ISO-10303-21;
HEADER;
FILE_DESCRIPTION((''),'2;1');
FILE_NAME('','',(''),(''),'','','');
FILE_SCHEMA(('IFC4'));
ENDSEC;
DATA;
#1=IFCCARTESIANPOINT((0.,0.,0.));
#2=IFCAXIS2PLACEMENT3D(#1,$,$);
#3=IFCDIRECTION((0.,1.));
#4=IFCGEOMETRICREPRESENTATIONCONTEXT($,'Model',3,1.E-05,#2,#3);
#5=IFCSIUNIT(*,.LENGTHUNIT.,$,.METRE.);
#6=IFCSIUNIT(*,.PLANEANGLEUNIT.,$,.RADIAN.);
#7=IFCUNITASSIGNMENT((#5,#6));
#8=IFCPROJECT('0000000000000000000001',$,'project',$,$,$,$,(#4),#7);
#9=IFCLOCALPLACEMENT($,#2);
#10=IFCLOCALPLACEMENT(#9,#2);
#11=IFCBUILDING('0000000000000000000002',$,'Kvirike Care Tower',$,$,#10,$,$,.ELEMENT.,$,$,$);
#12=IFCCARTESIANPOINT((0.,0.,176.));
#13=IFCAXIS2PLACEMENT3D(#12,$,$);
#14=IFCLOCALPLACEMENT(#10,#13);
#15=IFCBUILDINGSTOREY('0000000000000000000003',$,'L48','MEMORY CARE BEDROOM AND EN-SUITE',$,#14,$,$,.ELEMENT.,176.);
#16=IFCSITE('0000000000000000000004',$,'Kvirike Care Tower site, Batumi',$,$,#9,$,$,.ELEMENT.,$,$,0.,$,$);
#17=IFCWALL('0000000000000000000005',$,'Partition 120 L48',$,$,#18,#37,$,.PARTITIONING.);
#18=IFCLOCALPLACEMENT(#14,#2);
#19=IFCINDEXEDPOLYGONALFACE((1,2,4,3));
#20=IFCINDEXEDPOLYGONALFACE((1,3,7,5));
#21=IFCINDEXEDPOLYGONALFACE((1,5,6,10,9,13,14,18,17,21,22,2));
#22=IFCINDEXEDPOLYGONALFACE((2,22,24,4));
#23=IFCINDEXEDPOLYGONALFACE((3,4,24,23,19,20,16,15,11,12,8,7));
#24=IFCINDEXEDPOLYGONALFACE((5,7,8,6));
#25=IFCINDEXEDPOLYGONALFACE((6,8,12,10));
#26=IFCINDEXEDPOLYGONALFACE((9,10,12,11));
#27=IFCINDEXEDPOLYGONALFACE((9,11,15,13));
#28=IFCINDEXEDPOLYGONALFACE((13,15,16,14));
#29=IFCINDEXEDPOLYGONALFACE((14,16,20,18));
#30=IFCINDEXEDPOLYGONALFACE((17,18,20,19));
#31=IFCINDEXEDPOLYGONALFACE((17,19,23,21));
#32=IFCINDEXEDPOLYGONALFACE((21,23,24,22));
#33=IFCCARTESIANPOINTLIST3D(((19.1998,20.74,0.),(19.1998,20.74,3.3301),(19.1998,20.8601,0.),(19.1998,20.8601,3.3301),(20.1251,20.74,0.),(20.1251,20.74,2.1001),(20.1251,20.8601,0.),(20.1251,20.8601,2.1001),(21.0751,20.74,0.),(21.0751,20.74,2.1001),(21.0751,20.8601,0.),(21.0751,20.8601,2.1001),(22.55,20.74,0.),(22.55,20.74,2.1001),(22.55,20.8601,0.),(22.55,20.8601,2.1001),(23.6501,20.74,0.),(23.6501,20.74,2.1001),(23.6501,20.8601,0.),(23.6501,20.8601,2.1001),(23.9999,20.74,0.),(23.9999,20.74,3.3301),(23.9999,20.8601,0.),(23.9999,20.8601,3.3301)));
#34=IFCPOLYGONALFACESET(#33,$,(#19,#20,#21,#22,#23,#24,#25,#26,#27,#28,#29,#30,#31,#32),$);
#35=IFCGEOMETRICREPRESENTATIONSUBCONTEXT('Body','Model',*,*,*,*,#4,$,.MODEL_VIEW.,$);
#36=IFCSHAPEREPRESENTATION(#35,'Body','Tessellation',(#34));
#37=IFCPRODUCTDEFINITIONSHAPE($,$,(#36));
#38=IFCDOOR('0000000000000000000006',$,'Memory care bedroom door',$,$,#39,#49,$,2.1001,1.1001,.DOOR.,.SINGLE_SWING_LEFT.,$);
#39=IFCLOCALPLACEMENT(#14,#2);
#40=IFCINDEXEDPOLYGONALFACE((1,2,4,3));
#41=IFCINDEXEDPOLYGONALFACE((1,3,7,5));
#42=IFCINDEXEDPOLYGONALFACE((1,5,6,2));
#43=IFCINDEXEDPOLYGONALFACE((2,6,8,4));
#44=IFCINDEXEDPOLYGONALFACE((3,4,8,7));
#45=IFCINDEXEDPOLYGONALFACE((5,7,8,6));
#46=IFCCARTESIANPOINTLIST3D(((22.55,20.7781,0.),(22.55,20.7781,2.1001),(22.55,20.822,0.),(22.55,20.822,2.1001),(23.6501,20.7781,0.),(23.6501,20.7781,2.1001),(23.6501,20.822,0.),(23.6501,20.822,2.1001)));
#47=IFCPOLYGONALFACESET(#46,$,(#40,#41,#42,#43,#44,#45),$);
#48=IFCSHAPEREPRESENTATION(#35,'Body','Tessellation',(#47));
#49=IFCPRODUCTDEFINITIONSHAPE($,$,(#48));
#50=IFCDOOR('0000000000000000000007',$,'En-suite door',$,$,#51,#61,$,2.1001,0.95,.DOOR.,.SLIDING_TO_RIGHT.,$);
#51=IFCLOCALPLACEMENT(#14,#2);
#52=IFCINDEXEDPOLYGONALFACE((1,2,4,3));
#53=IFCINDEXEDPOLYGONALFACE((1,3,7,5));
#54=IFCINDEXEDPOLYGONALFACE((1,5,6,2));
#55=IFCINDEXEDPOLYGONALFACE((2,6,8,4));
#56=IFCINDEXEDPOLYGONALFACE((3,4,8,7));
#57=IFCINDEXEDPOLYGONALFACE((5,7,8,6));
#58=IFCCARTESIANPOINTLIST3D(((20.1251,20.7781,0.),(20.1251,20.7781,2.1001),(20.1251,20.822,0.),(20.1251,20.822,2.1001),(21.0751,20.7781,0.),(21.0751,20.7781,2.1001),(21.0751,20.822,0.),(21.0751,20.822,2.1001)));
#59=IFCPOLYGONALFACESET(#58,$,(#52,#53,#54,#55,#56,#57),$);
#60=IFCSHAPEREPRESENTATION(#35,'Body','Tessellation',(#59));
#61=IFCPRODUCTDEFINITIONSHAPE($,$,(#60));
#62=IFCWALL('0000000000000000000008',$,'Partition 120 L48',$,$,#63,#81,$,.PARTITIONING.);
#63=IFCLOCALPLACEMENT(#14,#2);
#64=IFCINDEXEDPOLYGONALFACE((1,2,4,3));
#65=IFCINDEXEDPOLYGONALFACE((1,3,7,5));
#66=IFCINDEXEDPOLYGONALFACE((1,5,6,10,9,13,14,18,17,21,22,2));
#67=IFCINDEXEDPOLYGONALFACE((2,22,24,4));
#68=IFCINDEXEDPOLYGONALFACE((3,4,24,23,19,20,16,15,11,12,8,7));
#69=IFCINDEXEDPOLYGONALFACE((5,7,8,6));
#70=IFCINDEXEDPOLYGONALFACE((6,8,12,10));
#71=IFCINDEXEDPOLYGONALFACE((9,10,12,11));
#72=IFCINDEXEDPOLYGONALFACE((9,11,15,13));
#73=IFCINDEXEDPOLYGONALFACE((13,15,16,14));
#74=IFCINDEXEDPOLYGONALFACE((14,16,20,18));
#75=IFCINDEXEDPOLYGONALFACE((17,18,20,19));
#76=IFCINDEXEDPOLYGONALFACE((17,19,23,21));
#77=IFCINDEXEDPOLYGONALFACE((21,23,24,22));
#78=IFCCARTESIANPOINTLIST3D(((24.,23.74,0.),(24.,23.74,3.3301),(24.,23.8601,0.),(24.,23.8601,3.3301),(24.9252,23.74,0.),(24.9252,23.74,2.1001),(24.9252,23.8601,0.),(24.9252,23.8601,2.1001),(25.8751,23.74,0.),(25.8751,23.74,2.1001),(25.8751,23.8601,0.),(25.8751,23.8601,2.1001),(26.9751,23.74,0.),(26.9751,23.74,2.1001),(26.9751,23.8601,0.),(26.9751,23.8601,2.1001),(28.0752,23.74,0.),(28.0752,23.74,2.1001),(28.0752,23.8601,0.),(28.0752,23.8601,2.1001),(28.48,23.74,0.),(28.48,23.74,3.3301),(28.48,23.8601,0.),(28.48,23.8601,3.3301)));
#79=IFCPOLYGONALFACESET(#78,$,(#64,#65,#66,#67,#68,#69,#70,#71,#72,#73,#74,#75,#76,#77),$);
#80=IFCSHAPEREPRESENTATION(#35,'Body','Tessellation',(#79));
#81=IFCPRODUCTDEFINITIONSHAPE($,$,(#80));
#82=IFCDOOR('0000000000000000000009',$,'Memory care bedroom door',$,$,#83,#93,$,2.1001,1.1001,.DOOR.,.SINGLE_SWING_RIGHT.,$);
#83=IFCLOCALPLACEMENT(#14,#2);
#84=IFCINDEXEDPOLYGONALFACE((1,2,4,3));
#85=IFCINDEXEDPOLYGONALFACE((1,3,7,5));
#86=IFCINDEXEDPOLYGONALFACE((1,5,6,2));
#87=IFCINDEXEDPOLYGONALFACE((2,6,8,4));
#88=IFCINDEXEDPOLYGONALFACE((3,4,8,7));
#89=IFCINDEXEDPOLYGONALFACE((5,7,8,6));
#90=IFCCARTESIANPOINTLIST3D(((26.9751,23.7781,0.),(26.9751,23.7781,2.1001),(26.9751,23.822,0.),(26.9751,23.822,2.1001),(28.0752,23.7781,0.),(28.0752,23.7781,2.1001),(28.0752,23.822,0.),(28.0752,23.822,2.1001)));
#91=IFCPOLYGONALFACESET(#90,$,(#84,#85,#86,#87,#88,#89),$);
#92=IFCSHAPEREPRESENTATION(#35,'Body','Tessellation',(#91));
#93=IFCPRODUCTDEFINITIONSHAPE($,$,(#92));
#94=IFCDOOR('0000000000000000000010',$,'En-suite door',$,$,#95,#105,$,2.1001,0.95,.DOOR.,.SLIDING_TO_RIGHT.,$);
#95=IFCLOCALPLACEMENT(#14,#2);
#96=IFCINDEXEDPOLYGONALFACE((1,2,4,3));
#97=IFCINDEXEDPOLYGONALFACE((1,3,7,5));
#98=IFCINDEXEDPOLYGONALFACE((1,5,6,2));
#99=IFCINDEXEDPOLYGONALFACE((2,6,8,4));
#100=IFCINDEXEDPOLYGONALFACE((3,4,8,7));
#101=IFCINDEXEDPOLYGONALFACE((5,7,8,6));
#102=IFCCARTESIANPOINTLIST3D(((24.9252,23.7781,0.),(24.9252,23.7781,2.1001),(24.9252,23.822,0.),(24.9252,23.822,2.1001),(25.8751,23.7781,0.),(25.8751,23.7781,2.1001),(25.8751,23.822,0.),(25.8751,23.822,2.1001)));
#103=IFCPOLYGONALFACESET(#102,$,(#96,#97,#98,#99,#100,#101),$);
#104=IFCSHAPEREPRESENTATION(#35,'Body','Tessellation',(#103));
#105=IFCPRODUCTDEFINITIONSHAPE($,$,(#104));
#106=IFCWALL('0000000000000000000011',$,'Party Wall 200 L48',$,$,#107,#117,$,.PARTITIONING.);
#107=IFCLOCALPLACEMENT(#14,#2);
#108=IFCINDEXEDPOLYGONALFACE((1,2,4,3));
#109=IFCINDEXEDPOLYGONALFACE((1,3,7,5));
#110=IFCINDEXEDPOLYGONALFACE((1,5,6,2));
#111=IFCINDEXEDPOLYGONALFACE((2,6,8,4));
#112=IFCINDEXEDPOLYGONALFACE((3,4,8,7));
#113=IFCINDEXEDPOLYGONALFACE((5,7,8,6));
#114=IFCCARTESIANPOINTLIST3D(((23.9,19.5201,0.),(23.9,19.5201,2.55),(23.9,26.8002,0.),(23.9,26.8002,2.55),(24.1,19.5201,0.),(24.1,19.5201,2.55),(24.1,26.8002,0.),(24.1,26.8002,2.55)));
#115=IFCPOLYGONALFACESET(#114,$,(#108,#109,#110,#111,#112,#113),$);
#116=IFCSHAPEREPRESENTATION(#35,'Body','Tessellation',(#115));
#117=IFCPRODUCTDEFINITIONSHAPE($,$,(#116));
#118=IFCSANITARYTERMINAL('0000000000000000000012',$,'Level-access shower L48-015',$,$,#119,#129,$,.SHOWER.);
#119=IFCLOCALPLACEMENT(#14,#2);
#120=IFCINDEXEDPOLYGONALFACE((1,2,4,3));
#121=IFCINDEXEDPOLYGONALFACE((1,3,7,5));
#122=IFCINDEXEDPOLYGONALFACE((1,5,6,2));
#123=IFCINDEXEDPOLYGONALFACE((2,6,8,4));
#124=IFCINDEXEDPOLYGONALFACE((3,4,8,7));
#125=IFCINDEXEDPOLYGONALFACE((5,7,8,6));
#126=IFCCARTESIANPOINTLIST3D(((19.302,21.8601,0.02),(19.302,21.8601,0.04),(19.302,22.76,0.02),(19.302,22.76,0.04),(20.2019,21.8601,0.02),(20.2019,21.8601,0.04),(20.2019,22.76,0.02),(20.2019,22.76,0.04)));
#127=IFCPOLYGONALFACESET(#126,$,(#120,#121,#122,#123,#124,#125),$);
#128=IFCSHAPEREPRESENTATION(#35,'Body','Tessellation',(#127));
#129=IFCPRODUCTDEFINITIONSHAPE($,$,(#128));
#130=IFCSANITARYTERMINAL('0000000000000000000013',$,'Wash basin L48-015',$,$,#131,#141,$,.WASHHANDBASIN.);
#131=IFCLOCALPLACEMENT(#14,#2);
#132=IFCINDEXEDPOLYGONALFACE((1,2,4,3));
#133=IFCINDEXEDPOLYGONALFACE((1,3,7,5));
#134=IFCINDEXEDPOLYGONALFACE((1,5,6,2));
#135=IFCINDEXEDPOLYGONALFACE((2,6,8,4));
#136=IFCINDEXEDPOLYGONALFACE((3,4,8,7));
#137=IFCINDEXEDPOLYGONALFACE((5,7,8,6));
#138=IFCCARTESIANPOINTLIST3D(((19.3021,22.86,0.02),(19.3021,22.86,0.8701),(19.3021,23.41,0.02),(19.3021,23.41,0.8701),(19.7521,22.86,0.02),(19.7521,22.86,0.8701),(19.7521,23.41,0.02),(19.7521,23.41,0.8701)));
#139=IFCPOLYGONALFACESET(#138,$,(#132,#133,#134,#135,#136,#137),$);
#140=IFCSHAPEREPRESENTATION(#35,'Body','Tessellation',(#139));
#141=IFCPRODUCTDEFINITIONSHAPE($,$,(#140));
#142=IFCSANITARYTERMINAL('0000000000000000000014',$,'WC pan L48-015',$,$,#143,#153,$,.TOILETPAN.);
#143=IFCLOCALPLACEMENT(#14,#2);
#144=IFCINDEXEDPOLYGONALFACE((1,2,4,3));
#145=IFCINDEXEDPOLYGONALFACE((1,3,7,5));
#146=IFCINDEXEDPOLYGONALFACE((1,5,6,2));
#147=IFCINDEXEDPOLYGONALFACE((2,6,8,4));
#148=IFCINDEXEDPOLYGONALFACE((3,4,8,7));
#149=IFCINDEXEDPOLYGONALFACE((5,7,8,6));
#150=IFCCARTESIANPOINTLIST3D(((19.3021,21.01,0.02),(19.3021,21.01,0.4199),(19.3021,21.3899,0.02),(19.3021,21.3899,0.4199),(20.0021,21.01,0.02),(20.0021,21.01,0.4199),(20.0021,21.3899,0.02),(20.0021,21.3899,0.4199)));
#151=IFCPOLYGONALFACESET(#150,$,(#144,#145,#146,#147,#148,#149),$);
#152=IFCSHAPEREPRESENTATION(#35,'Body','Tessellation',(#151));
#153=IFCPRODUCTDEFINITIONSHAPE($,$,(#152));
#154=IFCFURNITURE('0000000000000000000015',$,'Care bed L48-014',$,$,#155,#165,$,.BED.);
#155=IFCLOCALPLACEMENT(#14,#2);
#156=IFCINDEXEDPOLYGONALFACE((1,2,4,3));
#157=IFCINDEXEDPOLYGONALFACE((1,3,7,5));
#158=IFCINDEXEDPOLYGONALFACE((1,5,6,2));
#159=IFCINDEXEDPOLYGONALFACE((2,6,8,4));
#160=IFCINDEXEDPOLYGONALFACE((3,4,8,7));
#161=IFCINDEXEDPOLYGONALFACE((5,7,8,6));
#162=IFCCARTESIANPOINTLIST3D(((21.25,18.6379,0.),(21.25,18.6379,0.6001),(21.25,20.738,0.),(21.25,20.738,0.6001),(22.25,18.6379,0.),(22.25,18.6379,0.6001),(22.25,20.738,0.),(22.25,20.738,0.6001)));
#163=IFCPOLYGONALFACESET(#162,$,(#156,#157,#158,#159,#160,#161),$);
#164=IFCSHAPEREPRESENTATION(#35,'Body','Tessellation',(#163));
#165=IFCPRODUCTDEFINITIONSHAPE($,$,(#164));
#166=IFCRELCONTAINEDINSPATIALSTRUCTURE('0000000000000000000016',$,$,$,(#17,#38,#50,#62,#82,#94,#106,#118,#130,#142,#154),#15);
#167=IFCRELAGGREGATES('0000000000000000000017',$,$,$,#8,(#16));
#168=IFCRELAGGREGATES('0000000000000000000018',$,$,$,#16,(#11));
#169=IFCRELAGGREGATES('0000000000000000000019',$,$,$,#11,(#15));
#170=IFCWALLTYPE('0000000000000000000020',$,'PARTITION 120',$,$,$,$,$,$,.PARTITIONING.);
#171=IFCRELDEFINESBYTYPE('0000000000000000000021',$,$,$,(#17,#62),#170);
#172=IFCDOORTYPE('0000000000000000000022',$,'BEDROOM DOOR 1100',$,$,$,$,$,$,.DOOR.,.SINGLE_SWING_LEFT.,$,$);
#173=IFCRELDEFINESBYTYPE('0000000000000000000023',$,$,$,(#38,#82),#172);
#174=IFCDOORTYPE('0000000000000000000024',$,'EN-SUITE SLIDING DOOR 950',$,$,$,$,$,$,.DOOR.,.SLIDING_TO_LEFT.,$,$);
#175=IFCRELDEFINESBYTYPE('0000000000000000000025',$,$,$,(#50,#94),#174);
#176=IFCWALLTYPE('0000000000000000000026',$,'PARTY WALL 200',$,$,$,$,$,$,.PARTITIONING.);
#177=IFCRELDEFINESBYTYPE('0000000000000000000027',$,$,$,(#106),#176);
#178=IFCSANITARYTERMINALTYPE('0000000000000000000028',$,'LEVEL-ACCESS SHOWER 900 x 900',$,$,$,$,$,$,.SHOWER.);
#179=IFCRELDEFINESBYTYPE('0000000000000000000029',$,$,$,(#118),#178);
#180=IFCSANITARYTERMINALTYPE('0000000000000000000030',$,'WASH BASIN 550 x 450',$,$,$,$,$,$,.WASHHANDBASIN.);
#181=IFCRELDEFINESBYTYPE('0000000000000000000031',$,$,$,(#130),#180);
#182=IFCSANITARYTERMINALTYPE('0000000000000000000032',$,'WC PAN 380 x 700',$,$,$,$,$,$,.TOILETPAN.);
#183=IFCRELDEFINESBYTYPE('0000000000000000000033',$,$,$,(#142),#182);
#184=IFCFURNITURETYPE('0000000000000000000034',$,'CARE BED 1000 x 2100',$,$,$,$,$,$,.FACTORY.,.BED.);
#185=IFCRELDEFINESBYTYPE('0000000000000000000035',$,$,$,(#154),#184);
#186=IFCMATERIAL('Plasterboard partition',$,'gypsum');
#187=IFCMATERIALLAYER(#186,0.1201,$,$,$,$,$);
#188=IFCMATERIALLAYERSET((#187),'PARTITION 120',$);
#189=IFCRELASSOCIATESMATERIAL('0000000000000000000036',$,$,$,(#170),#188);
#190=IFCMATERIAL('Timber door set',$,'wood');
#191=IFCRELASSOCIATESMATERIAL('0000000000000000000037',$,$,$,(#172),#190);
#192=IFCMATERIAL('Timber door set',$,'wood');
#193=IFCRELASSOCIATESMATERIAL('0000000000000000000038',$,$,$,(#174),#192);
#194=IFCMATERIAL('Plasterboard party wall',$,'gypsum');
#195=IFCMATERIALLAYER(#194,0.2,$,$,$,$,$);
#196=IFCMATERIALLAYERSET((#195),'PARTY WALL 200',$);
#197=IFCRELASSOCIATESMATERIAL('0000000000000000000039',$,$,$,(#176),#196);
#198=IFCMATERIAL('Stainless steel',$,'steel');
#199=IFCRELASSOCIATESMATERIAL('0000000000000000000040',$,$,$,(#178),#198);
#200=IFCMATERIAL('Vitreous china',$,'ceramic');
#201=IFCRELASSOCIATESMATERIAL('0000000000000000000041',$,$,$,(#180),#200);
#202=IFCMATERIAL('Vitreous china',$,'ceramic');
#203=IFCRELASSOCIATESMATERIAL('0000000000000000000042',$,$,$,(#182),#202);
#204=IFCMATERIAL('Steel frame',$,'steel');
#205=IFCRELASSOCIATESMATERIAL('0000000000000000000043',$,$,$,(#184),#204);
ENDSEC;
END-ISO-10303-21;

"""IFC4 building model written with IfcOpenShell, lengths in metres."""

from ifc_helpers import new_model, si_unit, direction, frame, frame_2d, origin, origin_2d, place, context, subcontext, project, spatial, rectangle, extrude, material, layer, layer_set, type_object, element, fill, save


model = new_model("IFC4")

# Units and contexts
model_context = context("Model", 3, precision=1e-05, world=origin(), true_north=direction((0.0, 1.0)))
body_context = subcontext(model_context, "Body", "Model", "MODEL_VIEW")
ifc_project = project(units=[si_unit("LENGTHUNIT", "METRE"), si_unit("PLANEANGLEUNIT", "RADIAN")], contexts=[model_context])

# Site, building, storey
site_placement = place(None, origin())
site = spatial("IfcSite", under=ifc_project, at=site_placement, Name="Kvirike Care Tower site, Batumi", CompositionType="ELEMENT", RefElevation=0.0)
building_placement = place(site_placement, origin())
building = spatial("IfcBuilding", under=site, at=building_placement, Name="Kvirike Care Tower", CompositionType="ELEMENT")
storey_placement = place(building_placement, frame((0.0, 0.0, 176.0)))
storey = spatial("IfcBuildingStorey", under=building, at=storey_placement, Name="L48", Description="MEMORY CARE BEDROOM AND EN-SUITE", CompositionType="ELEMENT", Elevation=176.0)

# Walls, openings, doors
ifc_material_1 = material(Name="Plasterboard partition", Category="gypsum")
ifc_layer_1 = layer(ifc_material_1, 0.1201)
ifc_layer_set_1 = layer_set([ifc_layer_1], Name="PARTITION 120")
wall_type_1 = type_object("IfcWallType", Name="PARTITION 120", PredefinedType="PARTITIONING", material=ifc_layer_set_1)
wall_1_placement = place(storey_placement, frame((19.2, 20.8, 0.0), z_axis=(0.0, 0.0, 1.0), x_axis=(1.0, 0.0, 0.0)))
wall_1 = element("IfcWall", 1, at=wall_1_placement, inside=storey, type_object=wall_type_1, Name="Partition 120 L48", PredefinedType="PARTITIONING", context=body_context, shape_type="SweptSolid", body=[
    extrude(rectangle(XDim=4.8, YDim=0.1201, at=frame_2d((2.3999, 0.0))), origin(), (0.0, 0.0, 1.0), 3.3301),
])
opening_1_placement = place(wall_1_placement, frame((3.3501, 0.0, 0.0)))
opening_1 = element("IfcOpeningElement", 2, at=opening_1_placement, cuts=wall_1, PredefinedType="OPENING", context=body_context, shape_type="SweptSolid", body=[
    extrude(rectangle(XDim=1.1001, YDim=2.1001, at=frame_2d((0.55, 1.05))), frame((0.0, 0.0706, 0.0), z_axis=(0.0, -1.0, 0.0), x_axis=(1.0, 0.0, 0.0)), (0.0, 0.0, 1.0), 0.1411),
])
opening_2_placement = place(wall_1_placement, frame((0.925, 0.0, 0.0)))
opening_2 = element("IfcOpeningElement", 3, at=opening_2_placement, cuts=wall_1, PredefinedType="OPENING", context=body_context, shape_type="SweptSolid", body=[
    extrude(rectangle(XDim=0.95, YDim=2.1001, at=frame_2d((0.4751, 1.05))), frame((0.0, 0.0706, 0.0), z_axis=(0.0, -1.0, 0.0), x_axis=(1.0, 0.0, 0.0)), (0.0, 0.0, 1.0), 0.1411),
])
ifc_material_2 = material(Name="Timber door set", Category="wood")
door_type_1 = type_object("IfcDoorType", Name="BEDROOM DOOR 1100", OperationType="SINGLE_SWING_LEFT", PredefinedType="DOOR", material=ifc_material_2)
door_1_placement = place(opening_1_placement, origin())
door_1 = element("IfcDoor", 4, at=door_1_placement, inside=storey, type_object=door_type_1, Name="Memory care bedroom door", OperationType="SINGLE_SWING_LEFT", OverallHeight=2.1001, OverallWidth=1.1001, PredefinedType="DOOR", context=body_context, shape_type="SweptSolid", body=[
    extrude(rectangle(XDim=1.1001, YDim=2.1001, at=frame_2d((0.55, 1.05))), frame((0.0, 0.022, 0.0), z_axis=(0.0, -1.0, 0.0), x_axis=(1.0, 0.0, 0.0)), (0.0, 0.0, 1.0), 0.0439),
])
fill(opening_1, door_1)
ifc_material_3 = material(Name="Timber door set", Category="wood")
door_type_2 = type_object("IfcDoorType", Name="EN-SUITE SLIDING DOOR 950", OperationType="SLIDING_TO_LEFT", PredefinedType="DOOR", material=ifc_material_3)
door_2_placement = place(opening_2_placement, origin())
door_2 = element("IfcDoor", 5, at=door_2_placement, inside=storey, type_object=door_type_2, Name="En-suite door", OperationType="SLIDING_TO_RIGHT", OverallHeight=2.1001, OverallWidth=0.95, PredefinedType="DOOR", context=body_context, shape_type="SweptSolid", body=[
    extrude(rectangle(XDim=0.95, YDim=2.1001, at=frame_2d((0.4751, 1.05))), frame((0.0, 0.022, 0.0), z_axis=(0.0, -1.0, 0.0), x_axis=(1.0, 0.0, 0.0)), (0.0, 0.0, 1.0), 0.0439),
])
fill(opening_2, door_2)
wall_2_placement = place(storey_placement, frame((24.0, 23.8, 0.0), z_axis=(0.0, 0.0, 1.0), x_axis=(1.0, 0.0, 0.0)))
wall_2 = element("IfcWall", 6, at=wall_2_placement, inside=storey, type_object=wall_type_1, Name="Partition 120 L48", PredefinedType="PARTITIONING", context=body_context, shape_type="SweptSolid", body=[
    extrude(rectangle(XDim=4.48, YDim=0.1201, at=frame_2d((2.24, 0.0))), origin(), (0.0, 0.0, 1.0), 3.3301),
])
opening_3_placement = place(wall_2_placement, frame((2.9751, 0.0, 0.0)))
opening_3 = element("IfcOpeningElement", 7, at=opening_3_placement, cuts=wall_2, PredefinedType="OPENING", context=body_context, shape_type="SweptSolid", body=[
    extrude(rectangle(XDim=1.1001, YDim=2.1001, at=frame_2d((0.55, 1.05))), frame((0.0, 0.0706, 0.0), z_axis=(0.0, -1.0, 0.0), x_axis=(1.0, 0.0, 0.0)), (0.0, 0.0, 1.0), 0.1411),
])
opening_4_placement = place(wall_2_placement, frame((0.925, 0.0, 0.0)))
opening_4 = element("IfcOpeningElement", 8, at=opening_4_placement, cuts=wall_2, PredefinedType="OPENING", context=body_context, shape_type="SweptSolid", body=[
    extrude(rectangle(XDim=0.95, YDim=2.1001, at=frame_2d((0.4751, 1.05))), frame((0.0, 0.0706, 0.0), z_axis=(0.0, -1.0, 0.0), x_axis=(1.0, 0.0, 0.0)), (0.0, 0.0, 1.0), 0.1411),
])
door_3_placement = place(opening_3_placement, origin())
door_3 = element("IfcDoor", 9, at=door_3_placement, inside=storey, type_object=door_type_1, Name="Memory care bedroom door", OperationType="SINGLE_SWING_RIGHT", OverallHeight=2.1001, OverallWidth=1.1001, PredefinedType="DOOR", context=body_context, shape_type="SweptSolid", body=[
    extrude(rectangle(XDim=1.1001, YDim=2.1001, at=frame_2d((0.55, 1.05))), frame((0.0, 0.022, 0.0), z_axis=(0.0, -1.0, 0.0), x_axis=(1.0, 0.0, 0.0)), (0.0, 0.0, 1.0), 0.0439),
])
fill(opening_3, door_3)
door_4_placement = place(opening_4_placement, origin())
door_4 = element("IfcDoor", 10, at=door_4_placement, inside=storey, type_object=door_type_2, Name="En-suite door", OperationType="SLIDING_TO_RIGHT", OverallHeight=2.1001, OverallWidth=0.95, PredefinedType="DOOR", context=body_context, shape_type="SweptSolid", body=[
    extrude(rectangle(XDim=0.95, YDim=2.1001, at=frame_2d((0.4751, 1.05))), frame((0.0, 0.022, 0.0), z_axis=(0.0, -1.0, 0.0), x_axis=(1.0, 0.0, 0.0)), (0.0, 0.0, 1.0), 0.0439),
])
fill(opening_4, door_4)

# Wall
ifc_material_4 = material(Name="Plasterboard party wall", Category="gypsum")
ifc_layer_2 = layer(ifc_material_4, 0.2)
ifc_layer_set_2 = layer_set([ifc_layer_2], Name="PARTY WALL 200")
wall_type_2 = type_object("IfcWallType", Name="PARTY WALL 200", PredefinedType="PARTITIONING", material=ifc_layer_set_2)
wall_3_placement = place(storey_placement, frame((24.0, 19.52, 0.0), z_axis=(0.0, 0.0, 1.0), x_axis=(0.0, 1.0, 0.0)))
element("IfcWall", 11, at=wall_3_placement, inside=storey, type_object=wall_type_2, Name="Party Wall 200 L48", PredefinedType="PARTITIONING", context=body_context, shape_type="SweptSolid", body=[
    extrude(rectangle(XDim=7.28, YDim=0.2, at=frame_2d((3.6401, 0.0))), origin(), (0.0, 0.0, 1.0), 2.55),
])

# Sanitary terminals
ifc_material_5 = material(Name="Stainless steel", Category="steel")
sanitary_terminal_type_1 = type_object("IfcSanitaryTerminalType", Name="LEVEL-ACCESS SHOWER 900 x 900", PredefinedType="SHOWER", material=ifc_material_5)
sanitary_terminal_1_placement = place(storey_placement, frame((19.752, 22.3101, 0.02), z_axis=(0.0, 0.0, 1.0), x_axis=(0.0, 1.0, 0.0)))
element("IfcSanitaryTerminal", 12, at=sanitary_terminal_1_placement, inside=storey, type_object=sanitary_terminal_type_1, Name="Level-access shower L48-015", PredefinedType="SHOWER", context=body_context, shape_type="SweptSolid", body=[
    extrude(rectangle(XDim=0.8999, YDim=0.8999, at=origin_2d()), origin(), (0.0, 0.0, 1.0), 0.02),
])
ifc_material_6 = material(Name="Vitreous china", Category="ceramic")
sanitary_terminal_type_2 = type_object("IfcSanitaryTerminalType", Name="WASH BASIN 550 x 450", PredefinedType="WASHHANDBASIN", material=ifc_material_6)
sanitary_terminal_2_placement = place(storey_placement, frame((19.5271, 23.135, 0.02), z_axis=(0.0, 0.0, 1.0), x_axis=(0.0, 1.0, 0.0)))
element("IfcSanitaryTerminal", 13, at=sanitary_terminal_2_placement, inside=storey, type_object=sanitary_terminal_type_2, Name="Wash basin L48-015", PredefinedType="WASHHANDBASIN", context=body_context, shape_type="SweptSolid", body=[
    extrude(rectangle(XDim=0.55, YDim=0.45, at=origin_2d()), origin(), (0.0, 0.0, 1.0), 0.8501),
])
ifc_material_7 = material(Name="Vitreous china", Category="ceramic")
sanitary_terminal_type_3 = type_object("IfcSanitaryTerminalType", Name="WC PAN 380 x 700", PredefinedType="TOILETPAN", material=ifc_material_7)
sanitary_terminal_3_placement = place(storey_placement, frame((19.6521, 21.2, 0.02), z_axis=(0.0, 0.0, 1.0), x_axis=(0.0, 1.0, 0.0)))
element("IfcSanitaryTerminal", 14, at=sanitary_terminal_3_placement, inside=storey, type_object=sanitary_terminal_type_3, Name="WC pan L48-015", PredefinedType="TOILETPAN", context=body_context, shape_type="SweptSolid", body=[
    extrude(rectangle(XDim=0.3799, YDim=0.7, at=origin_2d()), origin(), (0.0, 0.0, 1.0), 0.3999),
])

# Furniture
ifc_material_8 = material(Name="Steel frame", Category="steel")
furniture_type = type_object("IfcFurnitureType", Name="CARE BED 1000 x 2100", AssemblyPlace="FACTORY", PredefinedType="BED", material=ifc_material_8)
for number, where, z_axis, x_axis, name in (
    (15, (21.75, 19.688, 0.0), (0.0, 0.0, 1.0), (1.0, 0.0, 0.0), "Care bed L48-014"),
):
    element("IfcFurniture", number, at=place(storey_placement, frame(where, z_axis=z_axis, x_axis=x_axis)), inside=storey, type_object=furniture_type, Name=name, PredefinedType="BED", context=body_context, shape_type="SweptSolid", body=[
        extrude(rectangle(XDim=1.0, YDim=2.1001, at=origin_2d()), origin(), (0.0, 0.0, 1.0), 0.6001),
    ])

save(model, "model.ifc")
